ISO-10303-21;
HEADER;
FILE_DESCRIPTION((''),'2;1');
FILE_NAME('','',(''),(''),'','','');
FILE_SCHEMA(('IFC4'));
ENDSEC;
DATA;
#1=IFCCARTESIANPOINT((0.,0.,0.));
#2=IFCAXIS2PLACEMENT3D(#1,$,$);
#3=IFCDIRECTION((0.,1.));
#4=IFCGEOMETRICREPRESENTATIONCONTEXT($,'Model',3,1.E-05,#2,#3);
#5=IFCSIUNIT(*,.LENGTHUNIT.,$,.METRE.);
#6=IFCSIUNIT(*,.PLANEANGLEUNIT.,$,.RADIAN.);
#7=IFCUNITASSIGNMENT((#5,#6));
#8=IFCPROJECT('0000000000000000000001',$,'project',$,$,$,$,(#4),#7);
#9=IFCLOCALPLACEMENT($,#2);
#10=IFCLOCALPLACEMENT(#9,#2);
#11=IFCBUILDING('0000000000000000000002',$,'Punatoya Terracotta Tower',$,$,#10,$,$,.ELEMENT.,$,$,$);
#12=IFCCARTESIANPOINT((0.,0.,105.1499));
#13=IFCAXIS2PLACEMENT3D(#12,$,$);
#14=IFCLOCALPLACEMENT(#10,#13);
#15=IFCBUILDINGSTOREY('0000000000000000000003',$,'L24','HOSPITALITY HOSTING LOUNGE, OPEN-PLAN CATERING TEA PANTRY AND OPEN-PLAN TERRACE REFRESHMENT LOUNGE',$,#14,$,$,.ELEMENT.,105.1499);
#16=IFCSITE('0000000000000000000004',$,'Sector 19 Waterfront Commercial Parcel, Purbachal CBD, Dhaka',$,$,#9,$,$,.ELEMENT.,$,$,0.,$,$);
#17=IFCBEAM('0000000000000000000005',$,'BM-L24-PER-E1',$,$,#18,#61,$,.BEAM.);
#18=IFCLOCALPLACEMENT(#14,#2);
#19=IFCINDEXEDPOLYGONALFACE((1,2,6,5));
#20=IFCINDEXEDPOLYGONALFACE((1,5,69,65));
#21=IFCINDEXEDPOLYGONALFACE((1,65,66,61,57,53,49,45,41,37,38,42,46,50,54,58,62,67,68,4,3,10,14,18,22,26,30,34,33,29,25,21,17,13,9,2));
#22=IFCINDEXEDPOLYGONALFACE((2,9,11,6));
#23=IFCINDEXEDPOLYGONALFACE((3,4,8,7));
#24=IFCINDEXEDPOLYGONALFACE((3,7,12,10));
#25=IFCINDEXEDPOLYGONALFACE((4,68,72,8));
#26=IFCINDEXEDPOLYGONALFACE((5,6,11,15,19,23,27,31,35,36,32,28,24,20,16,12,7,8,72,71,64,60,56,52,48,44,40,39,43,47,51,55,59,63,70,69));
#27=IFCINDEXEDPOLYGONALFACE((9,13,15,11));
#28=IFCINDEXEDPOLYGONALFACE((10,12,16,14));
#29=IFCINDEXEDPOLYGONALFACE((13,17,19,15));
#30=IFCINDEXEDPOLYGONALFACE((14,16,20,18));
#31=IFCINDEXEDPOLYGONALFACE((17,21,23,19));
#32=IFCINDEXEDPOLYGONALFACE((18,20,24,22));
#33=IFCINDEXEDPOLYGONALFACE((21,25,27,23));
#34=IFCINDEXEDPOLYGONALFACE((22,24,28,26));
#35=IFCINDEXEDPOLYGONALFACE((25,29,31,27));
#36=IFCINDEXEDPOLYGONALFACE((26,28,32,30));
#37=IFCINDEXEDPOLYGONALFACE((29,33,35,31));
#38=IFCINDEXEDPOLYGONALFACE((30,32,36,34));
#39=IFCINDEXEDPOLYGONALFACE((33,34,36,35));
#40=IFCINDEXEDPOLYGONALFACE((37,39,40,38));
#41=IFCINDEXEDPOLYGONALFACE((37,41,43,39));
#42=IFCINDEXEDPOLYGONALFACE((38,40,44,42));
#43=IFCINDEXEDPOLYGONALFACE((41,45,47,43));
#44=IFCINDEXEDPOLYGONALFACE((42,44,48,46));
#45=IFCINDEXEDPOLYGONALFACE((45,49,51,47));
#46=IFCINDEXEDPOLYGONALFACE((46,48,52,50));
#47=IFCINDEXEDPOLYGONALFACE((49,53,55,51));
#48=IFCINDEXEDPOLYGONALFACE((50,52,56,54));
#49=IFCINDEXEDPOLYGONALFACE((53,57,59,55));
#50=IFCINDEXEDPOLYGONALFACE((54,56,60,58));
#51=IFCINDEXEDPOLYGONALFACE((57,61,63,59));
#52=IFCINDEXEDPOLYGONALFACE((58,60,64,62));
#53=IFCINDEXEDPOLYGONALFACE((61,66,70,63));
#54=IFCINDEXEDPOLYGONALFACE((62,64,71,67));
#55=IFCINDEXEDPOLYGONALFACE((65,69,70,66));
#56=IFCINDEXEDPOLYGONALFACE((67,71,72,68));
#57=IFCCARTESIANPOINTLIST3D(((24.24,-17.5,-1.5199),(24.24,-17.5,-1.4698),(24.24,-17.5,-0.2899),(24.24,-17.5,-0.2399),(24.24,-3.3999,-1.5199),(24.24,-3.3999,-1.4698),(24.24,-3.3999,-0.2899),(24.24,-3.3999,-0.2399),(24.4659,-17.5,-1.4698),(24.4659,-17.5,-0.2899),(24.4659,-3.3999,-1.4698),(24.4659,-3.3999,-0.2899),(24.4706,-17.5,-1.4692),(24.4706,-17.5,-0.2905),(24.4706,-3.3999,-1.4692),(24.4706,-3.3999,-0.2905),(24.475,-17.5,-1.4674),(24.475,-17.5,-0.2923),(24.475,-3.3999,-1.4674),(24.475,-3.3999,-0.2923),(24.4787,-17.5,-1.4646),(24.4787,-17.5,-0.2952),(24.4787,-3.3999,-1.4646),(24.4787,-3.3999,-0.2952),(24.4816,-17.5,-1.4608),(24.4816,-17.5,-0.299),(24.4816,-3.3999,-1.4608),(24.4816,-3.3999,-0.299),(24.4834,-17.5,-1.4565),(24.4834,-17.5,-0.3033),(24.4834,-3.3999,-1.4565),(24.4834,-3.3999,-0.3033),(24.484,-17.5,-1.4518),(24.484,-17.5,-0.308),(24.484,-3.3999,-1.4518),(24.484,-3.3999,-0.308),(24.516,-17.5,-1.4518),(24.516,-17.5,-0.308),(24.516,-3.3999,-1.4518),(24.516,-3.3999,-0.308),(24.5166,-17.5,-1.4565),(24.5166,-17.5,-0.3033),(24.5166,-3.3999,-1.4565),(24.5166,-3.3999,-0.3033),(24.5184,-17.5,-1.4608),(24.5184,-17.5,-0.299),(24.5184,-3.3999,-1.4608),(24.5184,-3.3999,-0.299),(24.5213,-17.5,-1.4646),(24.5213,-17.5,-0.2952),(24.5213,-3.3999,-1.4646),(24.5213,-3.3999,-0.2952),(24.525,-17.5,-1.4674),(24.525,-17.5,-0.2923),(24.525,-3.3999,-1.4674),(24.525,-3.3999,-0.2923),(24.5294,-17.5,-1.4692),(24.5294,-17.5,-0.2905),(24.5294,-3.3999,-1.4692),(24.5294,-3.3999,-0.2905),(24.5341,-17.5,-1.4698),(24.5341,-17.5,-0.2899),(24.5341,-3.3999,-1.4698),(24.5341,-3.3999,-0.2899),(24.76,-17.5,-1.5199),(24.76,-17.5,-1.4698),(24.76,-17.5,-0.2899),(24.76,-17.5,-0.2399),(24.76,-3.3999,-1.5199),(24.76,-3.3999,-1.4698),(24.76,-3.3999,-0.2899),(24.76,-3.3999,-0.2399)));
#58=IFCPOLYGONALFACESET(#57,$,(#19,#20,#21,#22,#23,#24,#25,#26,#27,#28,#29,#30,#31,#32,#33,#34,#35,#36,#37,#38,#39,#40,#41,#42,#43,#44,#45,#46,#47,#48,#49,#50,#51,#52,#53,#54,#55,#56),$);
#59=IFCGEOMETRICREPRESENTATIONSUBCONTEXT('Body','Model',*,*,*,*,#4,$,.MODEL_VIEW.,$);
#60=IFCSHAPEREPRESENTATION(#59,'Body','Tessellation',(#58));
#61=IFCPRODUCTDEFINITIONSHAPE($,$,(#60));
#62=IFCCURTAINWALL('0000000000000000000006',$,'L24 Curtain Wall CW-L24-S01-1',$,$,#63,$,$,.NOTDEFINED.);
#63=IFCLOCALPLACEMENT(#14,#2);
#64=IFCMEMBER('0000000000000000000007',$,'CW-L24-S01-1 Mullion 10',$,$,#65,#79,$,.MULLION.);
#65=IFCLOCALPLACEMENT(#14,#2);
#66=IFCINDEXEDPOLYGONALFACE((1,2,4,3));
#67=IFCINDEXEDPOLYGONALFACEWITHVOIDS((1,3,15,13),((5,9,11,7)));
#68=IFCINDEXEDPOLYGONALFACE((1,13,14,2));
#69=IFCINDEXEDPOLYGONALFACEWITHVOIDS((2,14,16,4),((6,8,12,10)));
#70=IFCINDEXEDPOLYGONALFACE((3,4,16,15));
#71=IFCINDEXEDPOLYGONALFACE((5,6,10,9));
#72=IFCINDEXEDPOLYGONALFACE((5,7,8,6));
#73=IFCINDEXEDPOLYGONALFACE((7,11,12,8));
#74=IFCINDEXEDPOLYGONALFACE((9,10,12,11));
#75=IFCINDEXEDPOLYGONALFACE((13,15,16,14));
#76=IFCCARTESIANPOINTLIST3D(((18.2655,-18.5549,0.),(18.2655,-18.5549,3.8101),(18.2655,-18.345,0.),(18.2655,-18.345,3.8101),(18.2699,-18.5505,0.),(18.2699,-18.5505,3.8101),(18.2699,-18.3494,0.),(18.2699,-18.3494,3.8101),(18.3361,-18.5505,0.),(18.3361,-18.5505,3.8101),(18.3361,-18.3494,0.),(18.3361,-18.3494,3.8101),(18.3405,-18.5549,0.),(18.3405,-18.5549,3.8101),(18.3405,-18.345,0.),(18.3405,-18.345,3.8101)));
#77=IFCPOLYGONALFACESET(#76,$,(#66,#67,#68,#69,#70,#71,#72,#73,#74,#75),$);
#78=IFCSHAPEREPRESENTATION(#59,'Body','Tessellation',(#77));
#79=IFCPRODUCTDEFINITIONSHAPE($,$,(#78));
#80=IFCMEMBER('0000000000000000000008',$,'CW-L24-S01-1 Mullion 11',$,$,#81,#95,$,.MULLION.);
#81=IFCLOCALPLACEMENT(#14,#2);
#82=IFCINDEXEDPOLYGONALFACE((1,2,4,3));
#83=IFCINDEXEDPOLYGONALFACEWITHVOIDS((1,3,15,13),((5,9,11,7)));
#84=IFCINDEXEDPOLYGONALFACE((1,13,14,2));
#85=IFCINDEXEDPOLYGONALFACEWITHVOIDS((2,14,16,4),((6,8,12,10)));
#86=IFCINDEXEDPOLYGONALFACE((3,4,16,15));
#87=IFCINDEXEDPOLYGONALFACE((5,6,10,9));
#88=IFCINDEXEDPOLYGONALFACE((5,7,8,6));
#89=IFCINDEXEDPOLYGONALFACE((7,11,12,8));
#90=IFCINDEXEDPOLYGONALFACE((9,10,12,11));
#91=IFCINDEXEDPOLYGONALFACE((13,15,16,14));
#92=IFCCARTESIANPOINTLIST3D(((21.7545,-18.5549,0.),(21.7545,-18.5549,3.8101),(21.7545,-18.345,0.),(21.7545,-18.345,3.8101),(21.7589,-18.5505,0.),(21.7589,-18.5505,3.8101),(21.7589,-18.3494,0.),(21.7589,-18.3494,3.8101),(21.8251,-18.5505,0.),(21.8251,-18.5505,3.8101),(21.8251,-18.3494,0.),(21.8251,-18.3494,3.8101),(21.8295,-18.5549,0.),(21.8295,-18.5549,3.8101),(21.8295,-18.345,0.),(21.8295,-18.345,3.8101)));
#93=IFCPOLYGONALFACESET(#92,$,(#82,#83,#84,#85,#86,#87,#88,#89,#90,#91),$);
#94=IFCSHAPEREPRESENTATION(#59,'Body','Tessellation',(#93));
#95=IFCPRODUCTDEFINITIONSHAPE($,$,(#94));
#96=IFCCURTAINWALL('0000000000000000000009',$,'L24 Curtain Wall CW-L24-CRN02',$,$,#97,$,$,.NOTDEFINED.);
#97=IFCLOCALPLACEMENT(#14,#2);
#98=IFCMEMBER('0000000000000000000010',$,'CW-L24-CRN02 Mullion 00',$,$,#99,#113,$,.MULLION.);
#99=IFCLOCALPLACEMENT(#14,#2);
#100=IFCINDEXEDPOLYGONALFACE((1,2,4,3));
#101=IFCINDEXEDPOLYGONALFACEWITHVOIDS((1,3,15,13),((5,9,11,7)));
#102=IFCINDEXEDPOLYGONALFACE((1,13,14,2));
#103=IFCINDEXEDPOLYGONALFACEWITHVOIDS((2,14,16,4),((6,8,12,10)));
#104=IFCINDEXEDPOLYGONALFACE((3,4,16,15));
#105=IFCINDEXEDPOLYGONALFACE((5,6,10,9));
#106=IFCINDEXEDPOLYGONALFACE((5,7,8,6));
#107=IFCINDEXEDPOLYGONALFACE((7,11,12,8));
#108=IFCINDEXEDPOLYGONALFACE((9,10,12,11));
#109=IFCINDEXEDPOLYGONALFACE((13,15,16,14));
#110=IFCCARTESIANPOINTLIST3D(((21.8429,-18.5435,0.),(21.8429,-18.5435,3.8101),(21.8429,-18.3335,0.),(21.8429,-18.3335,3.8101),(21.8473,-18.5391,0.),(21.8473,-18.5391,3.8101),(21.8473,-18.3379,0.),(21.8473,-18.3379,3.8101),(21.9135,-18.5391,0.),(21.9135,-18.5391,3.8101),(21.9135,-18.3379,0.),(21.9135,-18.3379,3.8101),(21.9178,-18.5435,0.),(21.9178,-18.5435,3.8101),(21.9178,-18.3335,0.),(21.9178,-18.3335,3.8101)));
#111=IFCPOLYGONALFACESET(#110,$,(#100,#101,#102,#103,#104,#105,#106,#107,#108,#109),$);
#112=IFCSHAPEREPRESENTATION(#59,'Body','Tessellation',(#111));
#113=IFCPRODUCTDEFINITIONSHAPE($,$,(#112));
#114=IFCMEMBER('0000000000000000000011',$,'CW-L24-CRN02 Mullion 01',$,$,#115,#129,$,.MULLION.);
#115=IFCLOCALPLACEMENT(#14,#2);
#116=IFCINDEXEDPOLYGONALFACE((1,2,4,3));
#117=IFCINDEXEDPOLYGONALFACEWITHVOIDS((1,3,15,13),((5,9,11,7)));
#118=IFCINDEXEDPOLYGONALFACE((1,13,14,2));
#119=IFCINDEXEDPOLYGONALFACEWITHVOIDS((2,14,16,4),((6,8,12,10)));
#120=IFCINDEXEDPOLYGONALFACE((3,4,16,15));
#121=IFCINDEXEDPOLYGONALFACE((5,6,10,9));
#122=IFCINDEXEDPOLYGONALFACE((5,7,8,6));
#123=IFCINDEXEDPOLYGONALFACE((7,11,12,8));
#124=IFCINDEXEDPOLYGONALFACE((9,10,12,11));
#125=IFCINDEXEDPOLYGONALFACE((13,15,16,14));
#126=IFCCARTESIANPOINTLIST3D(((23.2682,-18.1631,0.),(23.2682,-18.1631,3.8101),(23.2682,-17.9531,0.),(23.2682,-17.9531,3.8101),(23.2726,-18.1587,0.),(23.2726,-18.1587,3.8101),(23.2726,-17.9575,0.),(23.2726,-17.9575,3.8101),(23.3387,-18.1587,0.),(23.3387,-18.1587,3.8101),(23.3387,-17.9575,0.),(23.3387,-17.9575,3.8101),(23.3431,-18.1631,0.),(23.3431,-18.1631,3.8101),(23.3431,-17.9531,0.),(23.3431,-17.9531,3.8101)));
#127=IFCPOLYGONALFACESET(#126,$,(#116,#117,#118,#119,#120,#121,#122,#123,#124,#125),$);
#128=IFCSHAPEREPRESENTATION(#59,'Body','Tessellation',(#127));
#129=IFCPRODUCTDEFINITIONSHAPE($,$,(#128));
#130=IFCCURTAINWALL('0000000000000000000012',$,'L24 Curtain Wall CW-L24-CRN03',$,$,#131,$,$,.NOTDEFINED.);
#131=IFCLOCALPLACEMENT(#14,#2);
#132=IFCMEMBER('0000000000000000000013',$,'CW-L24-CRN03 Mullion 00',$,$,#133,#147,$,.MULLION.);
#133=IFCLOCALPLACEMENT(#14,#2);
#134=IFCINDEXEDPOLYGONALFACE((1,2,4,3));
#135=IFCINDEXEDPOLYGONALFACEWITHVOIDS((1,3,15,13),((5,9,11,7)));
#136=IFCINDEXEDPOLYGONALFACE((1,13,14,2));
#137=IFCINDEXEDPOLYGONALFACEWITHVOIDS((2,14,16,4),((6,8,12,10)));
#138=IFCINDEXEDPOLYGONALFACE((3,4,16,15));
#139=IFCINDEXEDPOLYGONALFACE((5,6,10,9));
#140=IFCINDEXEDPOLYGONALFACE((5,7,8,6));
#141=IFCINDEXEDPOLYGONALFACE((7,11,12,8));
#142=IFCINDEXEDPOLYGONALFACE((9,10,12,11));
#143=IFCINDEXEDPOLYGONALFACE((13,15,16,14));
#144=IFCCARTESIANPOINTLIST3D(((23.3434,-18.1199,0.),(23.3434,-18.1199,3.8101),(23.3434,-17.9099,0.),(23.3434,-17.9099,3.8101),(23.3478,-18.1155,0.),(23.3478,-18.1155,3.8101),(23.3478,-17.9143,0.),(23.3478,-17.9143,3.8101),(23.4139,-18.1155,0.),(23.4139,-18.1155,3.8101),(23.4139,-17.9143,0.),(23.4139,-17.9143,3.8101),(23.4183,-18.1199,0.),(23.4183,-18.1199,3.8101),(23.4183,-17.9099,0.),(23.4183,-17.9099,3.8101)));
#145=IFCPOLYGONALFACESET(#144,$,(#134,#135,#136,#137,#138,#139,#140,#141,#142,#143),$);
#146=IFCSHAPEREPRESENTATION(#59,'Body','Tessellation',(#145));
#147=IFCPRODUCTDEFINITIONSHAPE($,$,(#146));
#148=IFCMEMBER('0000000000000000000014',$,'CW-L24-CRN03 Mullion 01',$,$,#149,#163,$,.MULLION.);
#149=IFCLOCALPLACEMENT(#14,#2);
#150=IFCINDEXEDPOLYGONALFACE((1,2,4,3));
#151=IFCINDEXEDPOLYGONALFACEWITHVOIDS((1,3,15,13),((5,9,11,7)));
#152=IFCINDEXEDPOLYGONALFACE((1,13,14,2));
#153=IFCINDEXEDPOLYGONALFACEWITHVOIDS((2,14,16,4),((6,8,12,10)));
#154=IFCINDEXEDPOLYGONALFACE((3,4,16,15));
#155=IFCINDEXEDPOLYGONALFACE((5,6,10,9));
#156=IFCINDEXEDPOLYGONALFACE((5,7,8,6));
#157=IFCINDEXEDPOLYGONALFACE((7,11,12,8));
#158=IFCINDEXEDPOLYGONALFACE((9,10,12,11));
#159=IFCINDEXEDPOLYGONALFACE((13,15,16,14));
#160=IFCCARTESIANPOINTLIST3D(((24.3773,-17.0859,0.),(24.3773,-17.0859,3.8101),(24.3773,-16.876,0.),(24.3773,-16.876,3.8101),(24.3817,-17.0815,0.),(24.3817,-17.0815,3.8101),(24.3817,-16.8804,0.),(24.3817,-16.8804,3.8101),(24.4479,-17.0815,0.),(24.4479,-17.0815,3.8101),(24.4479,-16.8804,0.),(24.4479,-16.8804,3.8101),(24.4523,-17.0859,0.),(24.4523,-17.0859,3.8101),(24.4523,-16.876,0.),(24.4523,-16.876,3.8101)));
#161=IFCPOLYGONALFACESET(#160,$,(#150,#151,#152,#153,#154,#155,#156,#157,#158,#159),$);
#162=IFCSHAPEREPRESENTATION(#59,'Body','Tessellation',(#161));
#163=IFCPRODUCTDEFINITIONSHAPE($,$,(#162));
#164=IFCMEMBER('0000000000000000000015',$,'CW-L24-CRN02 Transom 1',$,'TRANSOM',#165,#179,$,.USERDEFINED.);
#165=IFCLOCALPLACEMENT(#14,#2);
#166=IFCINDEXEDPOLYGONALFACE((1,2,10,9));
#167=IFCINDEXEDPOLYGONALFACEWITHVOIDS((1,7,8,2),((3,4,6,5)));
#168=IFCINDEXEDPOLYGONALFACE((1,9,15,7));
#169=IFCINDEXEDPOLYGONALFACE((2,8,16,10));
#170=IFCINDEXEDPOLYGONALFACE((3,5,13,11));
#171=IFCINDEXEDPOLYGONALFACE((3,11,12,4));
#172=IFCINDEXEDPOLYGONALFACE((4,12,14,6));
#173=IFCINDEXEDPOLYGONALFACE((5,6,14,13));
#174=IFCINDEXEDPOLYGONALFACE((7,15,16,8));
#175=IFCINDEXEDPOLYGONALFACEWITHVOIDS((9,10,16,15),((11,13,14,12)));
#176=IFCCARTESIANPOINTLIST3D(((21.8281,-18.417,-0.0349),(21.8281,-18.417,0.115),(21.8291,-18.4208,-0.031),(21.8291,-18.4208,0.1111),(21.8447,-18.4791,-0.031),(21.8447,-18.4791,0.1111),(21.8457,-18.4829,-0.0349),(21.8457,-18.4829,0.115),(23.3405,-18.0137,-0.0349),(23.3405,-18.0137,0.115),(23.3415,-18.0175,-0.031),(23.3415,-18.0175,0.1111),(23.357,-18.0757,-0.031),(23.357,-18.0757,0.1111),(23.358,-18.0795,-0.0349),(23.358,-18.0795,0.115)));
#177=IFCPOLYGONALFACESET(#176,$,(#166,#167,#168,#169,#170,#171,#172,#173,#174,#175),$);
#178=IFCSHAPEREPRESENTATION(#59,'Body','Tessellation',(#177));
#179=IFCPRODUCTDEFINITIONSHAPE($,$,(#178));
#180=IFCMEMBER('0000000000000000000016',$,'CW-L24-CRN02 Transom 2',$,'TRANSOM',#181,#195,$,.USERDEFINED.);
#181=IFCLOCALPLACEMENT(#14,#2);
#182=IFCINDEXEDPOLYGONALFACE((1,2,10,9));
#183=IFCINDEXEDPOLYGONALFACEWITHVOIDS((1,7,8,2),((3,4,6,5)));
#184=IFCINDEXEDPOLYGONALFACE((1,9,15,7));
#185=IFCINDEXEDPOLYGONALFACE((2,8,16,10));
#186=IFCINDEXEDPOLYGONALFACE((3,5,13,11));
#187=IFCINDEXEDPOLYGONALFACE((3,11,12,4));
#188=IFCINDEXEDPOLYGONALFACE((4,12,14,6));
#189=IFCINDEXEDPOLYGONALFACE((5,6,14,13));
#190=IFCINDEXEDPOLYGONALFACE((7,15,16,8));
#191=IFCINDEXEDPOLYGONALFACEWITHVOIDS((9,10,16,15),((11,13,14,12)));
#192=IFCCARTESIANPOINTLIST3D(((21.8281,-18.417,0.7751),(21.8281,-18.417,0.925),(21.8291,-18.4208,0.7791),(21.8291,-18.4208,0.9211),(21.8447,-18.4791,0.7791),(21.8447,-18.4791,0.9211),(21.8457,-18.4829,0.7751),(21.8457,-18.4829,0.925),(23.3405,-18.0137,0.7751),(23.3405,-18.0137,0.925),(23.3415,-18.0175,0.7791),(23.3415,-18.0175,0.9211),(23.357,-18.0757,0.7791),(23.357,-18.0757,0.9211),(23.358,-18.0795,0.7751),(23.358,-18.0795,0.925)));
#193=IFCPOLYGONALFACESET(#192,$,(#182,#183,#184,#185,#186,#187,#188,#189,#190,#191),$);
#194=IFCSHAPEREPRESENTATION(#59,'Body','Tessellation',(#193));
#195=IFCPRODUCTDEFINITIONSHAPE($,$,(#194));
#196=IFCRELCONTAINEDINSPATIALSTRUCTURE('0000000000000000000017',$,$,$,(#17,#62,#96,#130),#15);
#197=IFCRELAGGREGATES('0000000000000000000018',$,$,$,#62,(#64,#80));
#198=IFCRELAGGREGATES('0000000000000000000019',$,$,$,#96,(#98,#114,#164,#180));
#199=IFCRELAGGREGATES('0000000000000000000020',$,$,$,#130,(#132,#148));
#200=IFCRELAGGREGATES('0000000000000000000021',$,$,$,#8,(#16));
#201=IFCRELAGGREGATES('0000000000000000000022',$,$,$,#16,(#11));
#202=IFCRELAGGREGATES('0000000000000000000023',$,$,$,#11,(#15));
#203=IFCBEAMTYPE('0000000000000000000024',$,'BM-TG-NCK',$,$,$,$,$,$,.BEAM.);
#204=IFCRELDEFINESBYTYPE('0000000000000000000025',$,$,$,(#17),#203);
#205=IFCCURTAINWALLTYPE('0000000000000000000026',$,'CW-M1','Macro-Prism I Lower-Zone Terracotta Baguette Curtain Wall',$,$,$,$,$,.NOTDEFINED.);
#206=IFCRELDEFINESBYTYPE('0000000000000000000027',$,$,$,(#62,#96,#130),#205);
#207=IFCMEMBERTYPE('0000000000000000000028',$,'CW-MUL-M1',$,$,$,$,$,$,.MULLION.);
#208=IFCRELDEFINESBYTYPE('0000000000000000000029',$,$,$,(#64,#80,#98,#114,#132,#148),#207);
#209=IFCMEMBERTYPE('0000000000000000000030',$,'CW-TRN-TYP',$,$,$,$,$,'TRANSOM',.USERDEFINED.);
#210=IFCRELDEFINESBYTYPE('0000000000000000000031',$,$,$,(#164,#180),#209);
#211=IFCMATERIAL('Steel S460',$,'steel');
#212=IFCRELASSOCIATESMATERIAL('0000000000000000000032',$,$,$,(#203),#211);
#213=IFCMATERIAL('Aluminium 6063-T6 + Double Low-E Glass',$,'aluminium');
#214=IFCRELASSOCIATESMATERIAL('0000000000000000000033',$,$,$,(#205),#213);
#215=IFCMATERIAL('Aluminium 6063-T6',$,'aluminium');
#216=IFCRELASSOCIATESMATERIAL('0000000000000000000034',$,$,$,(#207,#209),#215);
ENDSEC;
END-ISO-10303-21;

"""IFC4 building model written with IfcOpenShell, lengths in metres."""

from ifc_helpers import new_model, si_unit, direction, frame, origin, origin_2d, place, context, subcontext, project, spatial, hollow_rectangle, i_section, extrude, material, material_profile, profile_set, type_object, element, aggregate, save


model = new_model("IFC4")

# Units and contexts
model_context = context("Model", 3, precision=1e-05, world=origin(), true_north=direction((0.0, 1.0)))
body_context = subcontext(model_context, "Body", "Model", "MODEL_VIEW")
ifc_project = project(units=[si_unit("LENGTHUNIT", "METRE"), si_unit("PLANEANGLEUNIT", "RADIAN")], contexts=[model_context])

# Site, building, storey
site_placement = place(None, origin())
site = spatial("IfcSite", under=ifc_project, at=site_placement, Name="Sector 19 Waterfront Commercial Parcel, Purbachal CBD, Dhaka", CompositionType="ELEMENT", RefElevation=0.0)
building_placement = place(site_placement, origin())
building = spatial("IfcBuilding", under=site, at=building_placement, Name="Punatoya Terracotta Tower", CompositionType="ELEMENT")
storey_placement = place(building_placement, frame((0.0, 0.0, 105.1499)))
storey = spatial("IfcBuildingStorey", under=building, at=storey_placement, Name="L24", Description="HOSPITALITY HOSTING LOUNGE, OPEN-PLAN CATERING TEA PANTRY AND OPEN-PLAN TERRACE REFRESHMENT LOUNGE", CompositionType="ELEMENT", Elevation=105.1499)

# Shared definitions
ifc_material_1 = material(Name="Steel S460", Category="steel")

# Beam
ifc_material_profile_1 = material_profile(ifc_material_1, i_section(OverallWidth=0.52, OverallDepth=1.28, WebThickness=0.032, FlangeThickness=0.05, FilletRadius=0.0181, at=origin_2d()))
ifc_profile_set_1 = profile_set([ifc_material_profile_1], Name="Steel S460")
beam_type_1 = type_object("IfcBeamType", Name="BM-TG-NCK", PredefinedType="BEAM", material=ifc_profile_set_1)
beam_1_placement = place(storey_placement, frame((24.5, -17.5, -0.8799), z_axis=(0.0, 1.0, 0.0), x_axis=(-1.0, 0.0, 0.0)))
element("IfcBeam", 1, at=beam_1_placement, inside=storey, type_object=beam_type_1, Name="BM-L24-PER-E1", PredefinedType="BEAM", context=body_context, shape_type="SweptSolid", body=[
    extrude(i_section(OverallWidth=0.52, OverallDepth=1.28, WebThickness=0.032, FlangeThickness=0.05, FilletRadius=0.0181, at=origin_2d()), origin(), (0.0, 0.0, 1.0), 14.1001),
])

# Curtain walls, members
ifc_material_2 = material(Name="Aluminium 6063-T6 + Double Low-E Glass", Category="aluminium")
curtain_wall_type = type_object("IfcCurtainWallType", Name="CW-M1", Description="Macro-Prism I Lower-Zone Terracotta Baguette Curtain Wall", PredefinedType="NOTDEFINED", material=ifc_material_2)
curtain_wall_1_placement = place(storey_placement, origin())
curtain_wall_1 = element("IfcCurtainWall", 2, at=curtain_wall_1_placement, inside=storey, type_object=curtain_wall_type, Name="L24 Curtain Wall CW-L24-S01-1", PredefinedType="NOTDEFINED")
ifc_material_3 = material(Name="Aluminium 6063-T6", Category="aluminium")
ifc_material_profile_2 = material_profile(ifc_material_3, hollow_rectangle(XDim=0.075, YDim=0.21, WallThickness=0.0044, at=origin_2d()))
ifc_profile_set_2 = profile_set([ifc_material_profile_2], Name="Aluminium 6063-T6")
member_type_1 = type_object("IfcMemberType", Name="CW-MUL-M1", PredefinedType="MULLION", material=ifc_profile_set_2)
member_1_placement = place(storey_placement, frame((18.303, -18.45, 0.0), z_axis=(0.0, 0.0, 1.0), x_axis=(1.0, 0.0, 0.0)))
member_1 = element("IfcMember", 3, at=member_1_placement, type_object=member_type_1, Name="CW-L24-S01-1 Mullion 10", PredefinedType="MULLION", context=body_context, shape_type="SweptSolid", body=[
    extrude(hollow_rectangle(XDim=0.075, YDim=0.21, WallThickness=0.0044, at=origin_2d()), origin(), (0.0, 0.0, 1.0), 3.8101),
])
member_2_placement = place(storey_placement, frame((21.792, -18.45, 0.0), z_axis=(0.0, 0.0, 1.0), x_axis=(1.0, 0.0, 0.0)))
member_2 = element("IfcMember", 4, at=member_2_placement, type_object=member_type_1, Name="CW-L24-S01-1 Mullion 11", PredefinedType="MULLION", context=body_context, shape_type="SweptSolid", body=[
    extrude(hollow_rectangle(XDim=0.075, YDim=0.21, WallThickness=0.0044, at=origin_2d()), origin(), (0.0, 0.0, 1.0), 3.8101),
])
curtain_wall_2_placement = place(storey_placement, origin())
curtain_wall_2 = element("IfcCurtainWall", 5, at=curtain_wall_2_placement, inside=storey, type_object=curtain_wall_type, Name="L24 Curtain Wall CW-L24-CRN02", PredefinedType="NOTDEFINED")
member_3_placement = place(storey_placement, frame((21.8804, -18.4385, 0.0), z_axis=(0.0, 0.0, 1.0), x_axis=(1.0, 0.0, 0.0)))
member_3 = element("IfcMember", 6, at=member_3_placement, type_object=member_type_1, Name="CW-L24-CRN02 Mullion 00", PredefinedType="MULLION", context=body_context, shape_type="SweptSolid", body=[
    extrude(hollow_rectangle(XDim=0.075, YDim=0.21, WallThickness=0.0044, at=origin_2d()), origin(), (0.0, 0.0, 1.0), 3.8101),
])
member_4_placement = place(storey_placement, frame((23.3057, -18.0581, 0.0), z_axis=(0.0, 0.0, 1.0), x_axis=(1.0, 0.0, 0.0)))
member_4 = element("IfcMember", 7, at=member_4_placement, type_object=member_type_1, Name="CW-L24-CRN02 Mullion 01", PredefinedType="MULLION", context=body_context, shape_type="SweptSolid", body=[
    extrude(hollow_rectangle(XDim=0.075, YDim=0.21, WallThickness=0.0044, at=origin_2d()), origin(), (0.0, 0.0, 1.0), 3.8101),
])
curtain_wall_3_placement = place(storey_placement, origin())
curtain_wall_3 = element("IfcCurtainWall", 8, at=curtain_wall_3_placement, inside=storey, type_object=curtain_wall_type, Name="L24 Curtain Wall CW-L24-CRN03", PredefinedType="NOTDEFINED")
member_5_placement = place(storey_placement, frame((23.3809, -18.0149, 0.0), z_axis=(0.0, 0.0, 1.0), x_axis=(1.0, 0.0, 0.0)))
member_5 = element("IfcMember", 9, at=member_5_placement, type_object=member_type_1, Name="CW-L24-CRN03 Mullion 00", PredefinedType="MULLION", context=body_context, shape_type="SweptSolid", body=[
    extrude(hollow_rectangle(XDim=0.075, YDim=0.21, WallThickness=0.0044, at=origin_2d()), origin(), (0.0, 0.0, 1.0), 3.8101),
])
member_6_placement = place(storey_placement, frame((24.4148, -16.981, 0.0), z_axis=(0.0, 0.0, 1.0), x_axis=(1.0, 0.0, 0.0)))
member_6 = element("IfcMember", 10, at=member_6_placement, type_object=member_type_1, Name="CW-L24-CRN03 Mullion 01", PredefinedType="MULLION", context=body_context, shape_type="SweptSolid", body=[
    extrude(hollow_rectangle(XDim=0.075, YDim=0.21, WallThickness=0.0044, at=origin_2d()), origin(), (0.0, 0.0, 1.0), 3.8101),
])

# Members
ifc_material_profile_3 = material_profile(ifc_material_3, hollow_rectangle(XDim=0.0681, YDim=0.1499, WallThickness=0.0039, at=origin_2d()))
ifc_profile_set_3 = profile_set([ifc_material_profile_3], Name="Aluminium 6063-T6")
member_type_2 = type_object("IfcMemberType", Name="CW-TRN-TYP", ElementType="TRANSOM", PredefinedType="USERDEFINED", material=ifc_profile_set_3)
member_7_placement = place(storey_placement, frame((21.8369, -18.45, 0.04), z_axis=(0.966225, 0.257701, 0.0), x_axis=(-0.257701, 0.966225, 0.0)))
member_7 = element("IfcMember", 11, at=member_7_placement, type_object=member_type_2, Name="CW-L24-CRN02 Transom 1", ObjectType="TRANSOM", PredefinedType="USERDEFINED", context=body_context, shape_type="SweptSolid", body=[
    extrude(hollow_rectangle(XDim=0.0681, YDim=0.1499, WallThickness=0.0039, at=origin_2d()), origin(), (0.0, 0.0, 1.0), 1.5652),
])
member_8_placement = place(storey_placement, frame((21.8369, -18.45, 0.8501), z_axis=(0.966225, 0.257701, 0.0), x_axis=(-0.257701, 0.966225, 0.0)))
member_8 = element("IfcMember", 12, at=member_8_placement, type_object=member_type_2, Name="CW-L24-CRN02 Transom 2", ObjectType="TRANSOM", PredefinedType="USERDEFINED", context=body_context, shape_type="SweptSolid", body=[
    extrude(hollow_rectangle(XDim=0.0681, YDim=0.1499, WallThickness=0.0039, at=origin_2d()), origin(), (0.0, 0.0, 1.0), 1.5652),
])

aggregate(curtain_wall_1, [member_1, member_2])
aggregate(curtain_wall_2, [member_3, member_4, member_7, member_8])
aggregate(curtain_wall_3, [member_5, member_6])

save(model, "model.ifc")
